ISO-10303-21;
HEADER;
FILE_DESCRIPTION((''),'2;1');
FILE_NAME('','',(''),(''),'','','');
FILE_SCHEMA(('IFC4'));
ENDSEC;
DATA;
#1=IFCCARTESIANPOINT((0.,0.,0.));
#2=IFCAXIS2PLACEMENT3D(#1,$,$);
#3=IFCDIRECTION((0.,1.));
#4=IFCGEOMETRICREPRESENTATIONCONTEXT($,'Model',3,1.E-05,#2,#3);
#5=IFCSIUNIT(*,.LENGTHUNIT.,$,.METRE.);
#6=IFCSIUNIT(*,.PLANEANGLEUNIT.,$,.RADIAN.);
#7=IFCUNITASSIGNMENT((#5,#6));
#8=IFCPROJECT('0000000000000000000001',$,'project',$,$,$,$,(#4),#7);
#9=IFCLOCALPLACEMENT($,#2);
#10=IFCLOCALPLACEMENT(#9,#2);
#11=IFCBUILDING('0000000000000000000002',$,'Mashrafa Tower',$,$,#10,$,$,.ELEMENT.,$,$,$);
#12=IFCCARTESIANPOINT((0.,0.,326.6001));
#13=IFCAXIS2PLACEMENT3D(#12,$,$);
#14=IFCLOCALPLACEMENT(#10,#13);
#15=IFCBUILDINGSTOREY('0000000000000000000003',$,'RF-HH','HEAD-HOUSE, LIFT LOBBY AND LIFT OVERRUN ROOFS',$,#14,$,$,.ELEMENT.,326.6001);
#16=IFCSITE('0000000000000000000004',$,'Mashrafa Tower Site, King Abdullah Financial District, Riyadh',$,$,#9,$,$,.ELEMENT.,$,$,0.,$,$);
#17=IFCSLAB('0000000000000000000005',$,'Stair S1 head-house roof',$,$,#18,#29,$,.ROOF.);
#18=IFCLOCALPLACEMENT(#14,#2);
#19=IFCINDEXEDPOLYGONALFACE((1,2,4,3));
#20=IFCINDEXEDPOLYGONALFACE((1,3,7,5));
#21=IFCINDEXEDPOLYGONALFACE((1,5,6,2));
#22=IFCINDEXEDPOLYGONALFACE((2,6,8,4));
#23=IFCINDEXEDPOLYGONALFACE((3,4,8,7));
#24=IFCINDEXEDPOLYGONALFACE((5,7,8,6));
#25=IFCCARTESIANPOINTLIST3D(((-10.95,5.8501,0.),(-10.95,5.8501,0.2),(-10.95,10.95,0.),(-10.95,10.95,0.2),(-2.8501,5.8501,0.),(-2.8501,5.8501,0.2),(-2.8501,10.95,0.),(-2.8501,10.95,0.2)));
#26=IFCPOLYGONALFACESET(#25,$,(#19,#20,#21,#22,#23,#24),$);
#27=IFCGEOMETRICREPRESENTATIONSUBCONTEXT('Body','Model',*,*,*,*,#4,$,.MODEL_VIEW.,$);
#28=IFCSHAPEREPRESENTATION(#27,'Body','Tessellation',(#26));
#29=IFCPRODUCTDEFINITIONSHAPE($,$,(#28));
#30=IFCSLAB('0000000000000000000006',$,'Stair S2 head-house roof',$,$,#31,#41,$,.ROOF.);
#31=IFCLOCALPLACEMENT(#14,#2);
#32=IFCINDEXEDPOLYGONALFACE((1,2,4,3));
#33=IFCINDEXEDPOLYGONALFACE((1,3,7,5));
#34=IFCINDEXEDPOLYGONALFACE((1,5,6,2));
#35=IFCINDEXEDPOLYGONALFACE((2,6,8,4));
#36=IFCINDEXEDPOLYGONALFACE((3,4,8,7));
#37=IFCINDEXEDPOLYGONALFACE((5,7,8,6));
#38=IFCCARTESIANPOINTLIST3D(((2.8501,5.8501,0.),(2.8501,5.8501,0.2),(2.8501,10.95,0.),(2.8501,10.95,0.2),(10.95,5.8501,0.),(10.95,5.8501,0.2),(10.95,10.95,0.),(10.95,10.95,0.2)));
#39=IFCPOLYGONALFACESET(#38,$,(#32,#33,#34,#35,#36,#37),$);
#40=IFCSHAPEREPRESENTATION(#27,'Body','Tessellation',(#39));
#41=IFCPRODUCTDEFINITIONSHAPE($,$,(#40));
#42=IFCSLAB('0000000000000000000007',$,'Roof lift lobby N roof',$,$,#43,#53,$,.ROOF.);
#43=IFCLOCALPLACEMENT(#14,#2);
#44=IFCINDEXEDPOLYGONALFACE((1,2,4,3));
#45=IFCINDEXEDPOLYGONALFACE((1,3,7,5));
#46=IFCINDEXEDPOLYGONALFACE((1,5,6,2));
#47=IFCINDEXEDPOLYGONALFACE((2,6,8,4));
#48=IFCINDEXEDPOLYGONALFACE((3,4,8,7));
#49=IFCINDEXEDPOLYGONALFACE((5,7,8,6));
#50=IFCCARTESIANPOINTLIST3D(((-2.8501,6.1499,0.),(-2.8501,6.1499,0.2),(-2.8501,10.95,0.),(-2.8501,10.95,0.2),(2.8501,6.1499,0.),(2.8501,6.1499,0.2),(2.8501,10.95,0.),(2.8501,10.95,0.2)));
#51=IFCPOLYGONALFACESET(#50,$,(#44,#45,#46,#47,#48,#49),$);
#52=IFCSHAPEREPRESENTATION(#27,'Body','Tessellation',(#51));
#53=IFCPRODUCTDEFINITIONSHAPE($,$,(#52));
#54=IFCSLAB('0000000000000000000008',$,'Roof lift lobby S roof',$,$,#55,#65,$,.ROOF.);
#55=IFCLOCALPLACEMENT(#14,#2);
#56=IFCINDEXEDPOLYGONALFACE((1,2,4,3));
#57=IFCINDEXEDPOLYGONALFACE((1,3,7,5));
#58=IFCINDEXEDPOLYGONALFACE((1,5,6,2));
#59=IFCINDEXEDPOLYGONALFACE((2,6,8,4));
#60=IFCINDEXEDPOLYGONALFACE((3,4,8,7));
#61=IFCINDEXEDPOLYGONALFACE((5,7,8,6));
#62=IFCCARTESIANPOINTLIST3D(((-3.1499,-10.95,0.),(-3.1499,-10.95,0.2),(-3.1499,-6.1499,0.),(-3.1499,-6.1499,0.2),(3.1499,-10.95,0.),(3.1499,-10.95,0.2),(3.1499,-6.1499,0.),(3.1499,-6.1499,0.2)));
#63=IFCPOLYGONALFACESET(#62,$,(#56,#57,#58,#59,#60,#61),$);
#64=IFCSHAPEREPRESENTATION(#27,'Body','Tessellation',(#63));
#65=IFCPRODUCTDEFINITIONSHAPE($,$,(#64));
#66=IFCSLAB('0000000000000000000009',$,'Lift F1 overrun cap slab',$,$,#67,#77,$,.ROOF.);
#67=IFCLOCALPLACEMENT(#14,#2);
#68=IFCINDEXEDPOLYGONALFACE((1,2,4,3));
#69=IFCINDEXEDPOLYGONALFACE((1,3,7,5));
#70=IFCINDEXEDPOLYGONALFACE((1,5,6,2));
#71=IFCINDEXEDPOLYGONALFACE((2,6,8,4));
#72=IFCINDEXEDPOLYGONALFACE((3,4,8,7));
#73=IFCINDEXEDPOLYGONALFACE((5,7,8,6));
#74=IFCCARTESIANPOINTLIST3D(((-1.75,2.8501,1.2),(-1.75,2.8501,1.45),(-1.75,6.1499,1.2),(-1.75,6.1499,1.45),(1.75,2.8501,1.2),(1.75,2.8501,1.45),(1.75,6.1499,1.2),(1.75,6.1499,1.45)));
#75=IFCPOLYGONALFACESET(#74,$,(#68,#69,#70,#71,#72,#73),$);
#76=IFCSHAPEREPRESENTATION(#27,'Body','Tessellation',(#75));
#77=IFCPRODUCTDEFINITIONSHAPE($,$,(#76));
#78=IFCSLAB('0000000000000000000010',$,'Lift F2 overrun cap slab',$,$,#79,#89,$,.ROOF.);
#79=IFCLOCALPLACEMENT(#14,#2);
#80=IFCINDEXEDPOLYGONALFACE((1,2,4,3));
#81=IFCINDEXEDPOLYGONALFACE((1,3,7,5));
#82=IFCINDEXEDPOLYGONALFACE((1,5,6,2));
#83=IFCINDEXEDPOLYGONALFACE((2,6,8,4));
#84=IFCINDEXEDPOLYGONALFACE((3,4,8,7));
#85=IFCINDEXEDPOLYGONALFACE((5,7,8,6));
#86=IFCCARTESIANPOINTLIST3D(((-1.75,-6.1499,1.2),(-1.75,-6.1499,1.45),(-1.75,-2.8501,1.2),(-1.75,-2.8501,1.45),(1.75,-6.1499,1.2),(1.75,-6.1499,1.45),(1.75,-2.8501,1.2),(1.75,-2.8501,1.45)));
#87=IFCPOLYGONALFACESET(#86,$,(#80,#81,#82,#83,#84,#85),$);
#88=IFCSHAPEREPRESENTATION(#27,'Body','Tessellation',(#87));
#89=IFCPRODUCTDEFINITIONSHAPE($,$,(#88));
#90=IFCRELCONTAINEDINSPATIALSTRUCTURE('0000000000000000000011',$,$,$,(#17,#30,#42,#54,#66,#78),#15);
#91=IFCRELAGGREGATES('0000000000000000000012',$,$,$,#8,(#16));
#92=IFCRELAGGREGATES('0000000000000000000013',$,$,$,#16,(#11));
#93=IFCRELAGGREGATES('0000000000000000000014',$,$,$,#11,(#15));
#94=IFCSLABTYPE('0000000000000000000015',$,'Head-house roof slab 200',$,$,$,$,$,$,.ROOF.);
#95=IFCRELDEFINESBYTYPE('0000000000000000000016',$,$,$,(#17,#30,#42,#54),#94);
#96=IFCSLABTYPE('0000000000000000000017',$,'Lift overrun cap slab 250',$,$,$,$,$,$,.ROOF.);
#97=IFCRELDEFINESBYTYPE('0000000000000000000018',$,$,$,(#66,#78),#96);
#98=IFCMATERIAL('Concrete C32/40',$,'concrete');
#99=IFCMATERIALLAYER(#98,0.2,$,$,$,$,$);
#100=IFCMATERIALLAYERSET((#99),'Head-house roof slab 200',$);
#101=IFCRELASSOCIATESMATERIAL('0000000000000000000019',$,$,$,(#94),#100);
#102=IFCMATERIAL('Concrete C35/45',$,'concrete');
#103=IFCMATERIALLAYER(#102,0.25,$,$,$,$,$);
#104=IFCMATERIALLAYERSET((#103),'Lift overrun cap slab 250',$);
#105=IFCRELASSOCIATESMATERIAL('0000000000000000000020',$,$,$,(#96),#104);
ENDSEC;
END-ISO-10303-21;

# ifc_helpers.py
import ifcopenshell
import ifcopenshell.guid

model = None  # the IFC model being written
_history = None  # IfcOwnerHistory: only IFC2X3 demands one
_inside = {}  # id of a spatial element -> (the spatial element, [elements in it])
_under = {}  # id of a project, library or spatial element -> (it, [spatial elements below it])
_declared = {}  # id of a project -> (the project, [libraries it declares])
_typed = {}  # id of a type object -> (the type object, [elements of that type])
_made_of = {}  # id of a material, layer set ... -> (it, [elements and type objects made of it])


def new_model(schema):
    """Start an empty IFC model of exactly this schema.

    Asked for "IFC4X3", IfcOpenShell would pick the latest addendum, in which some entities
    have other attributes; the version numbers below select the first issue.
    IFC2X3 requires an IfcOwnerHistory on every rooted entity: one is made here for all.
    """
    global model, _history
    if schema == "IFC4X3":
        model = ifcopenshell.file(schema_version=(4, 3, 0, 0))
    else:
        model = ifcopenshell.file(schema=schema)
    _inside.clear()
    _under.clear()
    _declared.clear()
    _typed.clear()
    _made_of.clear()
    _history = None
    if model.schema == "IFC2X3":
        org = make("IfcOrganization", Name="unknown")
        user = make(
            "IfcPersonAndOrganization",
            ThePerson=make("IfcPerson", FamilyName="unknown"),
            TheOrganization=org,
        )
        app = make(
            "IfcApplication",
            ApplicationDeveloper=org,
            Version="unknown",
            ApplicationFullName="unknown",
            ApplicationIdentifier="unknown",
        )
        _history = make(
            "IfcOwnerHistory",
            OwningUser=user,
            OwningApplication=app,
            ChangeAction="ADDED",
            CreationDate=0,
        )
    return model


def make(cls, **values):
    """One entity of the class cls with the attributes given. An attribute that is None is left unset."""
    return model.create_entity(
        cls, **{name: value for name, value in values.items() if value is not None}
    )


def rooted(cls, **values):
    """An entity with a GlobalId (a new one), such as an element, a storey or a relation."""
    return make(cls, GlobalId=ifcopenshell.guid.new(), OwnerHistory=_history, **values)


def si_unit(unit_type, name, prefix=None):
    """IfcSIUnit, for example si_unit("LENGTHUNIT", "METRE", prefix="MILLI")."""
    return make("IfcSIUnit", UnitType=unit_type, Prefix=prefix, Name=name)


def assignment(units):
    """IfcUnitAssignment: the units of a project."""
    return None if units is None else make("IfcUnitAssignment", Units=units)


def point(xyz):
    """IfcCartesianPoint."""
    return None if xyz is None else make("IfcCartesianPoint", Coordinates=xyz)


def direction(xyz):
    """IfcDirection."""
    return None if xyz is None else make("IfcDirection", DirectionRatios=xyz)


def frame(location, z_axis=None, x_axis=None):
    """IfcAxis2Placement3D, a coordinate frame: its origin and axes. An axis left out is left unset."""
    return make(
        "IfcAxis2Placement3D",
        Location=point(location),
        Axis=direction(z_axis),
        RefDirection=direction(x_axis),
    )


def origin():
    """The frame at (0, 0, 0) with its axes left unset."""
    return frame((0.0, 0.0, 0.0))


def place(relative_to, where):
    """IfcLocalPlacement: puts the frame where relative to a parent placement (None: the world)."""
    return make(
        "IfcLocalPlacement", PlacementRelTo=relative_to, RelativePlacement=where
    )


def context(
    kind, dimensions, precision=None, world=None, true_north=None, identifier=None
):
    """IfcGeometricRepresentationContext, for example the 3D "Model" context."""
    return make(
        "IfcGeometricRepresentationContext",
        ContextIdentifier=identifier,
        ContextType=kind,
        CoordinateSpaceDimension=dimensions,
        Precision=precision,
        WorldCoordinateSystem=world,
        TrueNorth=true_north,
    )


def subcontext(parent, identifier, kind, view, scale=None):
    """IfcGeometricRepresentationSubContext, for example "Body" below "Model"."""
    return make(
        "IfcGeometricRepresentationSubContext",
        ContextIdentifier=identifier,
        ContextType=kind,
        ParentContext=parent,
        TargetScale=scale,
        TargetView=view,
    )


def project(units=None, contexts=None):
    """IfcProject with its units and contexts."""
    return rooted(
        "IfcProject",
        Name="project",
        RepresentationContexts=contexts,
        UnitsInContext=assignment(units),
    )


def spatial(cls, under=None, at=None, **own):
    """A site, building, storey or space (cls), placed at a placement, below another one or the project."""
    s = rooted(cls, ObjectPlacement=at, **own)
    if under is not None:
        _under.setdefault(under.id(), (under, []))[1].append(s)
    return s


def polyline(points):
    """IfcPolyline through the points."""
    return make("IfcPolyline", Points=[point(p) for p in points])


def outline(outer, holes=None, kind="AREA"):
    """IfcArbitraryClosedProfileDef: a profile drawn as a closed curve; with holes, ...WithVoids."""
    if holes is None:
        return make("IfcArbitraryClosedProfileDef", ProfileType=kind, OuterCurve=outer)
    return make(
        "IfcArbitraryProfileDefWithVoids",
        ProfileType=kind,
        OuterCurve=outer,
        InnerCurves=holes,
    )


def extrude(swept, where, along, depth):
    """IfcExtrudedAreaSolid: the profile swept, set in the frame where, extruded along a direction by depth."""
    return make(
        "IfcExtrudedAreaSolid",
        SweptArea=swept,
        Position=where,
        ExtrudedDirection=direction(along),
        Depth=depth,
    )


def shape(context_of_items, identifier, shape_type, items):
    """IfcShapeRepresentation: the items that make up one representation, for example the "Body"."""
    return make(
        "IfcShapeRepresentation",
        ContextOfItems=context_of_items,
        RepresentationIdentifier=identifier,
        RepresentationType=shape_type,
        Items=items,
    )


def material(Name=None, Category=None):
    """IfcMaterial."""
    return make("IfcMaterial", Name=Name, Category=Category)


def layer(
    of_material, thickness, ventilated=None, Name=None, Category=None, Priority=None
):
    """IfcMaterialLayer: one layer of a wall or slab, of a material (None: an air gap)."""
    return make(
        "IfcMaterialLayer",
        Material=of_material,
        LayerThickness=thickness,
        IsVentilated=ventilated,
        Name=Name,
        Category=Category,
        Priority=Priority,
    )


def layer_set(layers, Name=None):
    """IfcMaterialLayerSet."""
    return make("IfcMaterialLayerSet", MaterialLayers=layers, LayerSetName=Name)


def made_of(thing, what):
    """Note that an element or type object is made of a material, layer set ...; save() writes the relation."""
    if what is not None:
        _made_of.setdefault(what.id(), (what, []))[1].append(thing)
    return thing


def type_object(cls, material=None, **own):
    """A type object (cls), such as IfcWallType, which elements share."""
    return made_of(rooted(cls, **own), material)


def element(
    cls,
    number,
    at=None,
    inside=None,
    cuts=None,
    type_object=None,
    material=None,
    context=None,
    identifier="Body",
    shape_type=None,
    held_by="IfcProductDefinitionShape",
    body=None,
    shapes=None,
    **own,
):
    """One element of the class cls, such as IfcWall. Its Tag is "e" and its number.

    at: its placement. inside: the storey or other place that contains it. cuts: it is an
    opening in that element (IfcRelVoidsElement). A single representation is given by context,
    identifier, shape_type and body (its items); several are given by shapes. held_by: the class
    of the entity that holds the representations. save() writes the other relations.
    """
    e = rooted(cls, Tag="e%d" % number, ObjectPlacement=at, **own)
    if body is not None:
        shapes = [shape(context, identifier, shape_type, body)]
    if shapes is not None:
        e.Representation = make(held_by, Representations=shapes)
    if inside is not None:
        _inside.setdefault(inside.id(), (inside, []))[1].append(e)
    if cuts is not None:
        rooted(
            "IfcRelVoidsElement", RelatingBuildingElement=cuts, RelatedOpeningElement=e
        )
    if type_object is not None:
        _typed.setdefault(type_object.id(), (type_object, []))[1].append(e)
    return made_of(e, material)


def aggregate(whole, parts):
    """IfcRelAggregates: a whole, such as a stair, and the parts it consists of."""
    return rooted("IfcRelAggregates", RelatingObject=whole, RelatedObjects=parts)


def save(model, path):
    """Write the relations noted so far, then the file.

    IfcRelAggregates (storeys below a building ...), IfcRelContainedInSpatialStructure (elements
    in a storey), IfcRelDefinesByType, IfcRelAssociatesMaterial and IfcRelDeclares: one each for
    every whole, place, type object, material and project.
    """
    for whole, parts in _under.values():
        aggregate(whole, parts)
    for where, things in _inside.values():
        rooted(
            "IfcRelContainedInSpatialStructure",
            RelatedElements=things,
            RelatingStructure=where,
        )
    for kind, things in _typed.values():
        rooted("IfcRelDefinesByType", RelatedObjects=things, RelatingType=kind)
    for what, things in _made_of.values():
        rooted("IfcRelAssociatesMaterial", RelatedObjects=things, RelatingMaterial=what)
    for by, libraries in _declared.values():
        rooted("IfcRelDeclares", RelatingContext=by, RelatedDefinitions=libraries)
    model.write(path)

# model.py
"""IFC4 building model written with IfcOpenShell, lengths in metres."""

from ifc_helpers import new_model, si_unit, direction, frame, origin, place, context, subcontext, project, spatial, polyline, outline, extrude, material, layer, layer_set, type_object, element, save


model = new_model("IFC4")

# Units and contexts
model_context = context("Model", 3, precision=1e-05, world=origin(), true_north=direction((0.0, 1.0)))
body_context = subcontext(model_context, "Body", "Model", "MODEL_VIEW")
ifc_project = project(units=[si_unit("LENGTHUNIT", "METRE"), si_unit("PLANEANGLEUNIT", "RADIAN")], contexts=[model_context])

# Site, building, storey
site_placement = place(None, origin())
site = spatial("IfcSite", under=ifc_project, at=site_placement, Name="Mashrafa Tower Site, King Abdullah Financial District, Riyadh", CompositionType="ELEMENT", RefElevation=0.0)
building_placement = place(site_placement, origin())
building = spatial("IfcBuilding", under=site, at=building_placement, Name="Mashrafa Tower", CompositionType="ELEMENT")
storey_placement = place(building_placement, frame((0.0, 0.0, 326.6001)))
storey = spatial("IfcBuildingStorey", under=building, at=storey_placement, Name="RF-HH", Description="HEAD-HOUSE, LIFT LOBBY AND LIFT OVERRUN ROOFS", CompositionType="ELEMENT", Elevation=326.6001)

# Slabs
ifc_material_1 = material(Name="Concrete C32/40", Category="concrete")
ifc_layer_1 = layer(ifc_material_1, 0.2)
ifc_layer_set_1 = layer_set([ifc_layer_1], Name="Head-house roof slab 200")
slab_type_1 = type_object("IfcSlabType", Name="Head-house roof slab 200", PredefinedType="ROOF", material=ifc_layer_set_1)
slab_1_placement = place(storey_placement, origin())
element("IfcSlab", 1, at=slab_1_placement, inside=storey, type_object=slab_type_1, Name="Stair S1 head-house roof", PredefinedType="ROOF", context=body_context, shape_type="SweptSolid", body=[
    extrude(outline(polyline([(-10.95, 5.8501), (-2.8501, 5.8501), (-2.8501, 10.95), (-10.95, 10.95), (-10.95, 5.8501)])), origin(), (0.0, 0.0, 1.0), 0.2),
])
slab_2_placement = place(storey_placement, origin())
element("IfcSlab", 2, at=slab_2_placement, inside=storey, type_object=slab_type_1, Name="Stair S2 head-house roof", PredefinedType="ROOF", context=body_context, shape_type="SweptSolid", body=[
    extrude(outline(polyline([(2.8501, 5.8501), (10.95, 5.8501), (10.95, 10.95), (2.8501, 10.95), (2.8501, 5.8501)])), origin(), (0.0, 0.0, 1.0), 0.2),
])
slab_3_placement = place(storey_placement, origin())
element("IfcSlab", 3, at=slab_3_placement, inside=storey, type_object=slab_type_1, Name="Roof lift lobby N roof", PredefinedType="ROOF", context=body_context, shape_type="SweptSolid", body=[
    extrude(outline(polyline([(-2.8501, 6.1499), (2.8501, 6.1499), (2.8501, 10.95), (-2.8501, 10.95), (-2.8501, 6.1499)])), origin(), (0.0, 0.0, 1.0), 0.2),
])
slab_4_placement = place(storey_placement, origin())
element("IfcSlab", 4, at=slab_4_placement, inside=storey, type_object=slab_type_1, Name="Roof lift lobby S roof", PredefinedType="ROOF", context=body_context, shape_type="SweptSolid", body=[
    extrude(outline(polyline([(-3.1499, -10.95), (3.1499, -10.95), (3.1499, -6.1499), (-3.1499, -6.1499), (-3.1499, -10.95)])), origin(), (0.0, 0.0, 1.0), 0.2),
])
ifc_material_2 = material(Name="Concrete C35/45", Category="concrete")
ifc_layer_2 = layer(ifc_material_2, 0.25)
ifc_layer_set_2 = layer_set([ifc_layer_2], Name="Lift overrun cap slab 250")
slab_type_2 = type_object("IfcSlabType", Name="Lift overrun cap slab 250", PredefinedType="ROOF", material=ifc_layer_set_2)
slab_5_placement = place(storey_placement, frame((0.0, 0.0, 1.2)))
element("IfcSlab", 5, at=slab_5_placement, inside=storey, type_object=slab_type_2, Name="Lift F1 overrun cap slab", PredefinedType="ROOF", context=body_context, shape_type="SweptSolid", body=[
    extrude(outline(polyline([(-1.75, 2.8501), (1.75, 2.8501), (1.75, 6.1499), (-1.75, 6.1499), (-1.75, 2.8501)])), origin(), (0.0, 0.0, 1.0), 0.25),
])
slab_6_placement = place(storey_placement, frame((0.0, 0.0, 1.2)))
element("IfcSlab", 6, at=slab_6_placement, inside=storey, type_object=slab_type_2, Name="Lift F2 overrun cap slab", PredefinedType="ROOF", context=body_context, shape_type="SweptSolid", body=[
    extrude(outline(polyline([(-1.75, -6.1499), (1.75, -6.1499), (1.75, -2.8501), (-1.75, -2.8501), (-1.75, -6.1499)])), origin(), (0.0, 0.0, 1.0), 0.25),
])

save(model, "model.ifc")
